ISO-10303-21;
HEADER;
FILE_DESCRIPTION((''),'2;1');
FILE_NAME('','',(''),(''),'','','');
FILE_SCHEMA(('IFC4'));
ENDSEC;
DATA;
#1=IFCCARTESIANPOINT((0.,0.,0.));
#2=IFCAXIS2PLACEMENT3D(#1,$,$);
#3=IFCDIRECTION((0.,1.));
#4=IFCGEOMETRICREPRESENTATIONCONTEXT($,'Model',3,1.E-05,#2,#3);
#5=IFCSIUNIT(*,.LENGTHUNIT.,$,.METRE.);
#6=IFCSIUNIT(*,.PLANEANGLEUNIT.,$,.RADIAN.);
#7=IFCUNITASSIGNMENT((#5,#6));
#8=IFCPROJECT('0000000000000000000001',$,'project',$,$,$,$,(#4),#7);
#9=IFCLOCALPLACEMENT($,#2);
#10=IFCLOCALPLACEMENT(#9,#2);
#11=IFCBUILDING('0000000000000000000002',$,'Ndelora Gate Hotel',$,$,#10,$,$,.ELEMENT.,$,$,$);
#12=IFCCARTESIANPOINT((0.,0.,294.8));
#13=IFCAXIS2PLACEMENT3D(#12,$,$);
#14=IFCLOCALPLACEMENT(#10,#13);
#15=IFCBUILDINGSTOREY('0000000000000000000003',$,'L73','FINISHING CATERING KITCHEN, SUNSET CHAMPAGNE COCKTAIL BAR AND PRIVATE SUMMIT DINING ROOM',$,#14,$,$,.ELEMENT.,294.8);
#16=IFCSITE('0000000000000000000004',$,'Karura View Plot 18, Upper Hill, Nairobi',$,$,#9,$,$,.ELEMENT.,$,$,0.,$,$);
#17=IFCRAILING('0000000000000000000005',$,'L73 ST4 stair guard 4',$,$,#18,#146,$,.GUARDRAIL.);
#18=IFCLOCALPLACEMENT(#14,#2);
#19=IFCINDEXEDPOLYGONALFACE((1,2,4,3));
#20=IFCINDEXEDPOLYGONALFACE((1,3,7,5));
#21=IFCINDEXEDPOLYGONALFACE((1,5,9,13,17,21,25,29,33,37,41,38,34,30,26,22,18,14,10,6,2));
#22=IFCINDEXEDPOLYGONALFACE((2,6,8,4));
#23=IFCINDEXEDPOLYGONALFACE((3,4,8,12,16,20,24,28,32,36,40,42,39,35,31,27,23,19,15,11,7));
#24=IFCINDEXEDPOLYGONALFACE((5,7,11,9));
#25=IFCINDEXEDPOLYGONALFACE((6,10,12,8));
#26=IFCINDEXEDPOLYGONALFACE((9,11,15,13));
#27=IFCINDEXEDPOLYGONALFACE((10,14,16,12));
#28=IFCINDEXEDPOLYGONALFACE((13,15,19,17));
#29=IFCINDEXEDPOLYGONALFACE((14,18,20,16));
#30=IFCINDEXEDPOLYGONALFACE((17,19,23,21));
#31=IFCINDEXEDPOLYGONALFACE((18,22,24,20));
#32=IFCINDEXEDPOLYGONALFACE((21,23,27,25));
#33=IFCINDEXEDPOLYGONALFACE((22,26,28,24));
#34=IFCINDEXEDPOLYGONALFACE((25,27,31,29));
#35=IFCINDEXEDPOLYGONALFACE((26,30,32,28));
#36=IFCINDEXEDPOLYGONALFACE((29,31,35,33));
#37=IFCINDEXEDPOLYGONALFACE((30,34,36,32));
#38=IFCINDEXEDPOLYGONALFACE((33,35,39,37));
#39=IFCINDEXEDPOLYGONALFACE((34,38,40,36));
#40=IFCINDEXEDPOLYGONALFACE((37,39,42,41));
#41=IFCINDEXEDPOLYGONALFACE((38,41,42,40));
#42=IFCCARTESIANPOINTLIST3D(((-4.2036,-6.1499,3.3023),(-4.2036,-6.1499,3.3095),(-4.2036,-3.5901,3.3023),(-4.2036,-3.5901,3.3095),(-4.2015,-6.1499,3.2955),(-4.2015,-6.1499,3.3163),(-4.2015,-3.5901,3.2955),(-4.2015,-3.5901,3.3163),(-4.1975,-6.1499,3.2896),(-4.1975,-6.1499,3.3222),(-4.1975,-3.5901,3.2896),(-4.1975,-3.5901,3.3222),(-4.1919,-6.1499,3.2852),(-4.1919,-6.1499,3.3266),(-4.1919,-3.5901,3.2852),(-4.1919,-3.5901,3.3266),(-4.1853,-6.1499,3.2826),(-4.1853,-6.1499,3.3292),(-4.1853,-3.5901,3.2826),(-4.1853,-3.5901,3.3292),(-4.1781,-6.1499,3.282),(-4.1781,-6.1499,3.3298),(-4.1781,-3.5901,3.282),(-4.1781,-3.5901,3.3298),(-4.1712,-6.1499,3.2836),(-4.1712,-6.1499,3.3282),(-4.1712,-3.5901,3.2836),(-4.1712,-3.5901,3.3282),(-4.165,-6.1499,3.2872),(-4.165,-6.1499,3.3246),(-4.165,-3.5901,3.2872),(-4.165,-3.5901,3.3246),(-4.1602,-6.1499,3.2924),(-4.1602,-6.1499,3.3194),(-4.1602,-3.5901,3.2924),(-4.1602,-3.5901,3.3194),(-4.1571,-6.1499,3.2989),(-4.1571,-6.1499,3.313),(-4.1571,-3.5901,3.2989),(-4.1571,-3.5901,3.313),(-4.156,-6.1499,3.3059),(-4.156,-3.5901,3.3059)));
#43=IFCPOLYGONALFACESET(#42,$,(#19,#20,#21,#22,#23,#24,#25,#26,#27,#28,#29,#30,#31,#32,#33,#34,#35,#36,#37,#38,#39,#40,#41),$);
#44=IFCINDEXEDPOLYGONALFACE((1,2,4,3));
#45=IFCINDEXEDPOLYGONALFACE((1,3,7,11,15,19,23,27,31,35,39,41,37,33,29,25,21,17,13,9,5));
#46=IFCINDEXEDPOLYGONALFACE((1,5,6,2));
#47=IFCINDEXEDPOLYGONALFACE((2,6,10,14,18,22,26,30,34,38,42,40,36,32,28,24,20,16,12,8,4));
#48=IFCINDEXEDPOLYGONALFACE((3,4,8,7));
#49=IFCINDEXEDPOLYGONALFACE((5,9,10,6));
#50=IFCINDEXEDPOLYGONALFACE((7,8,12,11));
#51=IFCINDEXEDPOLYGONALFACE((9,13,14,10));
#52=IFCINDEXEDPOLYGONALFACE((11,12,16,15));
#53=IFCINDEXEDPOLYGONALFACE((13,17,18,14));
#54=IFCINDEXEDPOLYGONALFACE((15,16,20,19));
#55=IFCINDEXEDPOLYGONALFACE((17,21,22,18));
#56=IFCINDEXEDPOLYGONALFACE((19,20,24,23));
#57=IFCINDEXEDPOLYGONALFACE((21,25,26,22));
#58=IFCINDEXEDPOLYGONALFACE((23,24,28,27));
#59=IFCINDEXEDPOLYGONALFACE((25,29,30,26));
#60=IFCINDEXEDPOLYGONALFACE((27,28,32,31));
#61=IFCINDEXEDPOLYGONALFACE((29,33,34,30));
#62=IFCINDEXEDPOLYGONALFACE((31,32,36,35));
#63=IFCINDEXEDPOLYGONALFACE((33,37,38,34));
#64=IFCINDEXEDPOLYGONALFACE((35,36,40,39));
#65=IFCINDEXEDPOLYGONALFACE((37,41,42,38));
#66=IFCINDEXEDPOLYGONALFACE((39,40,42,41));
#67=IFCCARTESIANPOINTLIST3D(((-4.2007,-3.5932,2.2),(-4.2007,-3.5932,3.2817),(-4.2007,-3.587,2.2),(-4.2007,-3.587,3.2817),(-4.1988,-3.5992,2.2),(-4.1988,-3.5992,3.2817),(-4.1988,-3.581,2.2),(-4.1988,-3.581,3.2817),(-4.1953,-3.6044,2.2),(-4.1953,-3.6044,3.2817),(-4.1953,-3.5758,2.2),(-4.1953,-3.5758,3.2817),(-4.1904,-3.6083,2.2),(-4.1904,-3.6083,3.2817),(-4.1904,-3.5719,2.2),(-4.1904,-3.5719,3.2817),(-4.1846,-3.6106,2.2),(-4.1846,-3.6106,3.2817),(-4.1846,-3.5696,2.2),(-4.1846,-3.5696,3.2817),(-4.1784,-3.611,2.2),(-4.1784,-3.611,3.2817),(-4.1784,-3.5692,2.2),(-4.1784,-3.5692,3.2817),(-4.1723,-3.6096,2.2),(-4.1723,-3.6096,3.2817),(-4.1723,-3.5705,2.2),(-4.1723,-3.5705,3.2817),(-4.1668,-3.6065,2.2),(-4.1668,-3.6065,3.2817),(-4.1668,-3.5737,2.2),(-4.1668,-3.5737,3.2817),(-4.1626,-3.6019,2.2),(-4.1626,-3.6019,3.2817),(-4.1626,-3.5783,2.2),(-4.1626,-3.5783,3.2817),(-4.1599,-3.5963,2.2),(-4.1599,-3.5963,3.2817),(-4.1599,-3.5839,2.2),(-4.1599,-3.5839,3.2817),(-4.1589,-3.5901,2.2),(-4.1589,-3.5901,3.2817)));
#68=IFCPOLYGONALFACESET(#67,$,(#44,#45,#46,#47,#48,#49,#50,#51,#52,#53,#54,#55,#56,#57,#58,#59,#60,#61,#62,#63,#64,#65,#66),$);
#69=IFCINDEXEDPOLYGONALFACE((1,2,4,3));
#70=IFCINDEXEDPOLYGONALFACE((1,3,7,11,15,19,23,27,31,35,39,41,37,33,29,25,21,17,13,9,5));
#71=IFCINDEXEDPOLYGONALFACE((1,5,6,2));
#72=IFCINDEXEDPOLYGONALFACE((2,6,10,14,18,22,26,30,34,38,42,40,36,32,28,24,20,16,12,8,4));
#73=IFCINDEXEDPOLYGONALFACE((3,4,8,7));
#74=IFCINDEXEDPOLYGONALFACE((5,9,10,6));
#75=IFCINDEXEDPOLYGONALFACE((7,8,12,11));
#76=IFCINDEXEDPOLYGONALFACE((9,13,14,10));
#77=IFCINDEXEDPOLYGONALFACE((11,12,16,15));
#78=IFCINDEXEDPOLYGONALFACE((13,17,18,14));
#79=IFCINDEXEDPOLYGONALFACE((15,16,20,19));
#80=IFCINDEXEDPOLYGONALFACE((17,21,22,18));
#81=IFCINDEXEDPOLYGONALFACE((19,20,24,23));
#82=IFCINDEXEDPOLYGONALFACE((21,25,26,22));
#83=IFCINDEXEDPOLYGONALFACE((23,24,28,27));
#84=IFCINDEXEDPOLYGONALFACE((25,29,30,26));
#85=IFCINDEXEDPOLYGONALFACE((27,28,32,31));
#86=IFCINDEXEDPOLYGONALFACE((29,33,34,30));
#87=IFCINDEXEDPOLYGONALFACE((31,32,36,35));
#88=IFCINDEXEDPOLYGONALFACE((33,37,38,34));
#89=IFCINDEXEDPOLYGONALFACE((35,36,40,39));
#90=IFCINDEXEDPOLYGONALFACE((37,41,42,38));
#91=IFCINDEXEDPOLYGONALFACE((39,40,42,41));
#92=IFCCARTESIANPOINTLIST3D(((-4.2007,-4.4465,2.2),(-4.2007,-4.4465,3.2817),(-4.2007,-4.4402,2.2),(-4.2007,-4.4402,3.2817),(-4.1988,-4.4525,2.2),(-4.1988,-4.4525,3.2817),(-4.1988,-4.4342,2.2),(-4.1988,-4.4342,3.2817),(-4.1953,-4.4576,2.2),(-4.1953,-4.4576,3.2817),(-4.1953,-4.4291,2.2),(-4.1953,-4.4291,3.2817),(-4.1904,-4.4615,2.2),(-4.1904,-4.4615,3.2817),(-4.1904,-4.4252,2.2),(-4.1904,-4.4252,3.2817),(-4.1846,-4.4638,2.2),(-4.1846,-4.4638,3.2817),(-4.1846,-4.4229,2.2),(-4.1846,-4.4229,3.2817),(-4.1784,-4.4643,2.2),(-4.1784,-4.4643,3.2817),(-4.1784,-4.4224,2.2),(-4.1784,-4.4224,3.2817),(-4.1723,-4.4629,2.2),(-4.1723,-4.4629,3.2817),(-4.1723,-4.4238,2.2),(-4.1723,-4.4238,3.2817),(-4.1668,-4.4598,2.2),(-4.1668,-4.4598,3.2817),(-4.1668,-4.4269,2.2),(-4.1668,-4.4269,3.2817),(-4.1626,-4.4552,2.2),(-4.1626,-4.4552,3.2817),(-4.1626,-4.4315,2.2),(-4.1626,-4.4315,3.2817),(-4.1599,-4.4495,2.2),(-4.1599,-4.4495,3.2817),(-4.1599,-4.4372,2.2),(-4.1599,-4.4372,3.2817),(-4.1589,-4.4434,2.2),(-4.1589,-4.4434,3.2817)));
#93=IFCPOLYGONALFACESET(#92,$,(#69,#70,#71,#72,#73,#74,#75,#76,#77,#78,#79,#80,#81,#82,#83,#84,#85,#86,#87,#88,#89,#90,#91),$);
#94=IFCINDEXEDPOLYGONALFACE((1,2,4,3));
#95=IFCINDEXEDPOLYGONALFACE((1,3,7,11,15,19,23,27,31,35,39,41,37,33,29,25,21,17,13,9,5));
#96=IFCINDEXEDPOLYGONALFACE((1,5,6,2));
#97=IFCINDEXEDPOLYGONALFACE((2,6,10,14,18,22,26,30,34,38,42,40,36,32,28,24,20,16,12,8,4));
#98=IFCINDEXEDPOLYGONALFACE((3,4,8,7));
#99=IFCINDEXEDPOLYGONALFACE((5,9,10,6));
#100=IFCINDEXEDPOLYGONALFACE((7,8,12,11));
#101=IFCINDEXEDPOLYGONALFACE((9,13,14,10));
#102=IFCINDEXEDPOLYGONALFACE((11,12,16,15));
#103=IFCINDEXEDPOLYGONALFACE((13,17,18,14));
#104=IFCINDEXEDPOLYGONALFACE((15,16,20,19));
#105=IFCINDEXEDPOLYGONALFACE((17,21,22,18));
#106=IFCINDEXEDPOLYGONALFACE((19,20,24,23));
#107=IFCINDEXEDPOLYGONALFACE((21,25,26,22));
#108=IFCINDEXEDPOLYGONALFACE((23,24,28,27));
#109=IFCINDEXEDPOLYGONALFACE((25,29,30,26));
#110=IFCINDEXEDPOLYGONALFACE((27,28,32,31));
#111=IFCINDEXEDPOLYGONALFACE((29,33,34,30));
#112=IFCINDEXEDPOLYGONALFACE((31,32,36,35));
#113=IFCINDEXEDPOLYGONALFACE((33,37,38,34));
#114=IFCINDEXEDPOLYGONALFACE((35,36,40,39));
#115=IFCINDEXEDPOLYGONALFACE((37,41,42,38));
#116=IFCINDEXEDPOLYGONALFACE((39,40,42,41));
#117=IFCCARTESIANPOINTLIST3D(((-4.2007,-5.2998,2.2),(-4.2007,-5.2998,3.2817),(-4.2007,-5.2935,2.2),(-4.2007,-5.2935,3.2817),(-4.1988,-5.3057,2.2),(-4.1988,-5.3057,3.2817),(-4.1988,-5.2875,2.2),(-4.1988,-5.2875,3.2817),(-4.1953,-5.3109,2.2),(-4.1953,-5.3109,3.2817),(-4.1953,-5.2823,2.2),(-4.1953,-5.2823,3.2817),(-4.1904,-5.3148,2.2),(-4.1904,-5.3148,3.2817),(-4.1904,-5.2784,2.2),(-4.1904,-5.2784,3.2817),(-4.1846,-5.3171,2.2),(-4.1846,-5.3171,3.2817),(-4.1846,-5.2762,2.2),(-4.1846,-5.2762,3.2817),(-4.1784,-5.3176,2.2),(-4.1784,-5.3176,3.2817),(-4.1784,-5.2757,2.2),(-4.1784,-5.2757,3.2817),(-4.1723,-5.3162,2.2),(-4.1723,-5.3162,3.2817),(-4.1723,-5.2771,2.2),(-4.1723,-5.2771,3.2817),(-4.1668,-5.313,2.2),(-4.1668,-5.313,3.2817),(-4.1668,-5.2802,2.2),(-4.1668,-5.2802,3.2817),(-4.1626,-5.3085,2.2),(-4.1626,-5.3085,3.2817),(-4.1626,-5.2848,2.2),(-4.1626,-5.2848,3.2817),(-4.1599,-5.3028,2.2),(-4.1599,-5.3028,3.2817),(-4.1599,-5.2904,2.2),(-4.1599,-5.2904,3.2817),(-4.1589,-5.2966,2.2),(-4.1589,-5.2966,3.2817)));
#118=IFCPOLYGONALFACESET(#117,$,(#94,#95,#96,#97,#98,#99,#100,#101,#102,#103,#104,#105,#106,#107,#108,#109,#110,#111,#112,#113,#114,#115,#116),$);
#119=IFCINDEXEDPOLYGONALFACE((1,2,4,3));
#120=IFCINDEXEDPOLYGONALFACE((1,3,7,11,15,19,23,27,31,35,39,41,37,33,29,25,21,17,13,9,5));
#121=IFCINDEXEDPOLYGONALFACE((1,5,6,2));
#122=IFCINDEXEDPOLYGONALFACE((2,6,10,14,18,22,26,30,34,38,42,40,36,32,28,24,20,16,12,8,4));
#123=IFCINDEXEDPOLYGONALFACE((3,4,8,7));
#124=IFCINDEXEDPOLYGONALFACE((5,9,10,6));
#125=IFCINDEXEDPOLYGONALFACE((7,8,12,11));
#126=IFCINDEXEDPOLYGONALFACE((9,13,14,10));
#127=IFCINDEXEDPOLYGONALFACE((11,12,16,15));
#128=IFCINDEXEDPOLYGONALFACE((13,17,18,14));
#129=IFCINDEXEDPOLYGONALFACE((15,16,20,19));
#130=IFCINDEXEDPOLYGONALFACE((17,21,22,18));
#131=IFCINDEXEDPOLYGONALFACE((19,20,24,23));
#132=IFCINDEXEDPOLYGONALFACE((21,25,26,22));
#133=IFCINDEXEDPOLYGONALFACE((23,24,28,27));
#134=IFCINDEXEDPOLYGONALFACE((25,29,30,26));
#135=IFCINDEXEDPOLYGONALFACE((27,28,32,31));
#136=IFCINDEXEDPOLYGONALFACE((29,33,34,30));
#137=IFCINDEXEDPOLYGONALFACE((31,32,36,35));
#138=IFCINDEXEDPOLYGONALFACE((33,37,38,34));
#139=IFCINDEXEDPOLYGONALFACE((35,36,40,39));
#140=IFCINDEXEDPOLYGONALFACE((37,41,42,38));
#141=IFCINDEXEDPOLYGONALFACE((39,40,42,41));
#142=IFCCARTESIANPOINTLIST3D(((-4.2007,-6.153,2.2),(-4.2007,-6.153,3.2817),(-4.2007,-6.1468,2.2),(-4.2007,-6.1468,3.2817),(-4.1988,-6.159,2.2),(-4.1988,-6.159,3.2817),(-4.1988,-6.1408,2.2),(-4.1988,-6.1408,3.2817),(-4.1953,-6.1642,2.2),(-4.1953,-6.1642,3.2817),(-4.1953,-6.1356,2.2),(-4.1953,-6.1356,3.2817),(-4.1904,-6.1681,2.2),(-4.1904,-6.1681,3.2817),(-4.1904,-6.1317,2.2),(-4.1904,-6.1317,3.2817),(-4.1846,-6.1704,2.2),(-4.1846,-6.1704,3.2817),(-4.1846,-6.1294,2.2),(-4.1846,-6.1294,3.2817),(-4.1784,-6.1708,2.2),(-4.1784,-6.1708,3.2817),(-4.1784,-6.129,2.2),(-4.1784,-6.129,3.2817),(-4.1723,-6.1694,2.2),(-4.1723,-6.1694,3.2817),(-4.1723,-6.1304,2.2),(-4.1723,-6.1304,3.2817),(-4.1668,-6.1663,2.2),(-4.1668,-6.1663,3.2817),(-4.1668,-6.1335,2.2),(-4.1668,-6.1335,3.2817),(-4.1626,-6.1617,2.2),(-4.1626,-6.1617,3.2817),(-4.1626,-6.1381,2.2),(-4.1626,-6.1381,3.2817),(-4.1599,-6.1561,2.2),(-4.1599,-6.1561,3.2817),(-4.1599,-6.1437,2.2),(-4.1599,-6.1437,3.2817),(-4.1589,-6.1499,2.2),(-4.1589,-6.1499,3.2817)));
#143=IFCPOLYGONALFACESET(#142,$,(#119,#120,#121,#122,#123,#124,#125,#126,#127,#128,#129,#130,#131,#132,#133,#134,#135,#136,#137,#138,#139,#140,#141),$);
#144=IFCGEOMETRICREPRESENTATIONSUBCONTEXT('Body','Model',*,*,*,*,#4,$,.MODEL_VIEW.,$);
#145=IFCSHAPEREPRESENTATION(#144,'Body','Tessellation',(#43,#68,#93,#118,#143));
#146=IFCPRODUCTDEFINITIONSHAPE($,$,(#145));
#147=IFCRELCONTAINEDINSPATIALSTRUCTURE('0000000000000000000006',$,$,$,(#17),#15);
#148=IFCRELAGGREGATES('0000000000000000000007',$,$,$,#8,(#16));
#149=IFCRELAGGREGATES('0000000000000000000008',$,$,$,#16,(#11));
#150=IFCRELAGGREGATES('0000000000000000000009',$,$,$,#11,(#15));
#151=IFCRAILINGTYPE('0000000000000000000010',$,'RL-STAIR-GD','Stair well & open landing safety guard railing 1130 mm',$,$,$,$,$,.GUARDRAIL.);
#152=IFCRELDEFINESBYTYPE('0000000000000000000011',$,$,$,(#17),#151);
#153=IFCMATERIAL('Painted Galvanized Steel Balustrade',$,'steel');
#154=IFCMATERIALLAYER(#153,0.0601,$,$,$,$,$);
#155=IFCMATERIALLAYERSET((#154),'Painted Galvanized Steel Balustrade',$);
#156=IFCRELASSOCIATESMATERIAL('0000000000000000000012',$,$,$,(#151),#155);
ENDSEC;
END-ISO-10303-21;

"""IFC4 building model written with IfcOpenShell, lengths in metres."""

from ifc_helpers import new_model, si_unit, direction, frame, origin, origin_2d, place, context, subcontext, project, spatial, circle, extrude, material, layer, layer_set, type_object, element, save


model = new_model("IFC4")

# Units and contexts
model_context = context("Model", 3, precision=1e-05, world=origin(), true_north=direction((0.0, 1.0)))
body_context = subcontext(model_context, "Body", "Model", "MODEL_VIEW")
ifc_project = project(units=[si_unit("LENGTHUNIT", "METRE"), si_unit("PLANEANGLEUNIT", "RADIAN")], contexts=[model_context])

# Site, building, storey
site_placement = place(None, origin())
site = spatial("IfcSite", under=ifc_project, at=site_placement, Name="Karura View Plot 18, Upper Hill, Nairobi", CompositionType="ELEMENT", RefElevation=0.0)
building_placement = place(site_placement, origin())
building = spatial("IfcBuilding", under=site, at=building_placement, Name="Ndelora Gate Hotel", CompositionType="ELEMENT")
storey_placement = place(building_placement, frame((0.0, 0.0, 294.8)))
storey = spatial("IfcBuildingStorey", under=building, at=storey_placement, Name="L73", Description="FINISHING CATERING KITCHEN, SUNSET CHAMPAGNE COCKTAIL BAR AND PRIVATE SUMMIT DINING ROOM", CompositionType="ELEMENT", Elevation=294.8)

# Railing
ifc_material_1 = material(Name="Painted Galvanized Steel Balustrade", Category="steel")
ifc_layer_1 = layer(ifc_material_1, 0.0601)
ifc_layer_set_1 = layer_set([ifc_layer_1], Name="Painted Galvanized Steel Balustrade")
railing_type_1 = type_object("IfcRailingType", Name="RL-STAIR-GD", Description="Stair well & open landing safety guard railing 1130 mm", PredefinedType="GUARDRAIL", material=ifc_layer_set_1)
for number, where, name in (
    (1, (-4.1799, -3.5901, 2.2), "L73 ST4 stair guard 4"),
):
    element("IfcRailing", number, at=place(storey_placement, frame(where)), inside=storey, type_object=railing_type_1, Name=name, PredefinedType="GUARDRAIL", context=body_context, shape_type="SweptSolid", body=[
        extrude(circle(Radius=0.0239, at=origin_2d()), frame((0.0, 0.0, 1.106), z_axis=(0.0, -1.0, 0.0), x_axis=(1.0, 0.0, 0.0)), (0.0, 0.0, 1.0), 2.5598),
        extrude(circle(Radius=0.021, at=origin_2d()), origin(), (0.0, 0.0, 1.0), 1.0818),
        extrude(circle(Radius=0.021, at=origin_2d()), frame((0.0, -0.8533, 0.0)), (0.0, 0.0, 1.0), 1.0818),
        extrude(circle(Radius=0.021, at=origin_2d()), frame((0.0, -1.7065, 0.0)), (0.0, 0.0, 1.0), 1.0818),
        extrude(circle(Radius=0.021, at=origin_2d()), frame((0.0, -2.5598, 0.0)), (0.0, 0.0, 1.0), 1.0818),
    ])

save(model, "model.ifc")
